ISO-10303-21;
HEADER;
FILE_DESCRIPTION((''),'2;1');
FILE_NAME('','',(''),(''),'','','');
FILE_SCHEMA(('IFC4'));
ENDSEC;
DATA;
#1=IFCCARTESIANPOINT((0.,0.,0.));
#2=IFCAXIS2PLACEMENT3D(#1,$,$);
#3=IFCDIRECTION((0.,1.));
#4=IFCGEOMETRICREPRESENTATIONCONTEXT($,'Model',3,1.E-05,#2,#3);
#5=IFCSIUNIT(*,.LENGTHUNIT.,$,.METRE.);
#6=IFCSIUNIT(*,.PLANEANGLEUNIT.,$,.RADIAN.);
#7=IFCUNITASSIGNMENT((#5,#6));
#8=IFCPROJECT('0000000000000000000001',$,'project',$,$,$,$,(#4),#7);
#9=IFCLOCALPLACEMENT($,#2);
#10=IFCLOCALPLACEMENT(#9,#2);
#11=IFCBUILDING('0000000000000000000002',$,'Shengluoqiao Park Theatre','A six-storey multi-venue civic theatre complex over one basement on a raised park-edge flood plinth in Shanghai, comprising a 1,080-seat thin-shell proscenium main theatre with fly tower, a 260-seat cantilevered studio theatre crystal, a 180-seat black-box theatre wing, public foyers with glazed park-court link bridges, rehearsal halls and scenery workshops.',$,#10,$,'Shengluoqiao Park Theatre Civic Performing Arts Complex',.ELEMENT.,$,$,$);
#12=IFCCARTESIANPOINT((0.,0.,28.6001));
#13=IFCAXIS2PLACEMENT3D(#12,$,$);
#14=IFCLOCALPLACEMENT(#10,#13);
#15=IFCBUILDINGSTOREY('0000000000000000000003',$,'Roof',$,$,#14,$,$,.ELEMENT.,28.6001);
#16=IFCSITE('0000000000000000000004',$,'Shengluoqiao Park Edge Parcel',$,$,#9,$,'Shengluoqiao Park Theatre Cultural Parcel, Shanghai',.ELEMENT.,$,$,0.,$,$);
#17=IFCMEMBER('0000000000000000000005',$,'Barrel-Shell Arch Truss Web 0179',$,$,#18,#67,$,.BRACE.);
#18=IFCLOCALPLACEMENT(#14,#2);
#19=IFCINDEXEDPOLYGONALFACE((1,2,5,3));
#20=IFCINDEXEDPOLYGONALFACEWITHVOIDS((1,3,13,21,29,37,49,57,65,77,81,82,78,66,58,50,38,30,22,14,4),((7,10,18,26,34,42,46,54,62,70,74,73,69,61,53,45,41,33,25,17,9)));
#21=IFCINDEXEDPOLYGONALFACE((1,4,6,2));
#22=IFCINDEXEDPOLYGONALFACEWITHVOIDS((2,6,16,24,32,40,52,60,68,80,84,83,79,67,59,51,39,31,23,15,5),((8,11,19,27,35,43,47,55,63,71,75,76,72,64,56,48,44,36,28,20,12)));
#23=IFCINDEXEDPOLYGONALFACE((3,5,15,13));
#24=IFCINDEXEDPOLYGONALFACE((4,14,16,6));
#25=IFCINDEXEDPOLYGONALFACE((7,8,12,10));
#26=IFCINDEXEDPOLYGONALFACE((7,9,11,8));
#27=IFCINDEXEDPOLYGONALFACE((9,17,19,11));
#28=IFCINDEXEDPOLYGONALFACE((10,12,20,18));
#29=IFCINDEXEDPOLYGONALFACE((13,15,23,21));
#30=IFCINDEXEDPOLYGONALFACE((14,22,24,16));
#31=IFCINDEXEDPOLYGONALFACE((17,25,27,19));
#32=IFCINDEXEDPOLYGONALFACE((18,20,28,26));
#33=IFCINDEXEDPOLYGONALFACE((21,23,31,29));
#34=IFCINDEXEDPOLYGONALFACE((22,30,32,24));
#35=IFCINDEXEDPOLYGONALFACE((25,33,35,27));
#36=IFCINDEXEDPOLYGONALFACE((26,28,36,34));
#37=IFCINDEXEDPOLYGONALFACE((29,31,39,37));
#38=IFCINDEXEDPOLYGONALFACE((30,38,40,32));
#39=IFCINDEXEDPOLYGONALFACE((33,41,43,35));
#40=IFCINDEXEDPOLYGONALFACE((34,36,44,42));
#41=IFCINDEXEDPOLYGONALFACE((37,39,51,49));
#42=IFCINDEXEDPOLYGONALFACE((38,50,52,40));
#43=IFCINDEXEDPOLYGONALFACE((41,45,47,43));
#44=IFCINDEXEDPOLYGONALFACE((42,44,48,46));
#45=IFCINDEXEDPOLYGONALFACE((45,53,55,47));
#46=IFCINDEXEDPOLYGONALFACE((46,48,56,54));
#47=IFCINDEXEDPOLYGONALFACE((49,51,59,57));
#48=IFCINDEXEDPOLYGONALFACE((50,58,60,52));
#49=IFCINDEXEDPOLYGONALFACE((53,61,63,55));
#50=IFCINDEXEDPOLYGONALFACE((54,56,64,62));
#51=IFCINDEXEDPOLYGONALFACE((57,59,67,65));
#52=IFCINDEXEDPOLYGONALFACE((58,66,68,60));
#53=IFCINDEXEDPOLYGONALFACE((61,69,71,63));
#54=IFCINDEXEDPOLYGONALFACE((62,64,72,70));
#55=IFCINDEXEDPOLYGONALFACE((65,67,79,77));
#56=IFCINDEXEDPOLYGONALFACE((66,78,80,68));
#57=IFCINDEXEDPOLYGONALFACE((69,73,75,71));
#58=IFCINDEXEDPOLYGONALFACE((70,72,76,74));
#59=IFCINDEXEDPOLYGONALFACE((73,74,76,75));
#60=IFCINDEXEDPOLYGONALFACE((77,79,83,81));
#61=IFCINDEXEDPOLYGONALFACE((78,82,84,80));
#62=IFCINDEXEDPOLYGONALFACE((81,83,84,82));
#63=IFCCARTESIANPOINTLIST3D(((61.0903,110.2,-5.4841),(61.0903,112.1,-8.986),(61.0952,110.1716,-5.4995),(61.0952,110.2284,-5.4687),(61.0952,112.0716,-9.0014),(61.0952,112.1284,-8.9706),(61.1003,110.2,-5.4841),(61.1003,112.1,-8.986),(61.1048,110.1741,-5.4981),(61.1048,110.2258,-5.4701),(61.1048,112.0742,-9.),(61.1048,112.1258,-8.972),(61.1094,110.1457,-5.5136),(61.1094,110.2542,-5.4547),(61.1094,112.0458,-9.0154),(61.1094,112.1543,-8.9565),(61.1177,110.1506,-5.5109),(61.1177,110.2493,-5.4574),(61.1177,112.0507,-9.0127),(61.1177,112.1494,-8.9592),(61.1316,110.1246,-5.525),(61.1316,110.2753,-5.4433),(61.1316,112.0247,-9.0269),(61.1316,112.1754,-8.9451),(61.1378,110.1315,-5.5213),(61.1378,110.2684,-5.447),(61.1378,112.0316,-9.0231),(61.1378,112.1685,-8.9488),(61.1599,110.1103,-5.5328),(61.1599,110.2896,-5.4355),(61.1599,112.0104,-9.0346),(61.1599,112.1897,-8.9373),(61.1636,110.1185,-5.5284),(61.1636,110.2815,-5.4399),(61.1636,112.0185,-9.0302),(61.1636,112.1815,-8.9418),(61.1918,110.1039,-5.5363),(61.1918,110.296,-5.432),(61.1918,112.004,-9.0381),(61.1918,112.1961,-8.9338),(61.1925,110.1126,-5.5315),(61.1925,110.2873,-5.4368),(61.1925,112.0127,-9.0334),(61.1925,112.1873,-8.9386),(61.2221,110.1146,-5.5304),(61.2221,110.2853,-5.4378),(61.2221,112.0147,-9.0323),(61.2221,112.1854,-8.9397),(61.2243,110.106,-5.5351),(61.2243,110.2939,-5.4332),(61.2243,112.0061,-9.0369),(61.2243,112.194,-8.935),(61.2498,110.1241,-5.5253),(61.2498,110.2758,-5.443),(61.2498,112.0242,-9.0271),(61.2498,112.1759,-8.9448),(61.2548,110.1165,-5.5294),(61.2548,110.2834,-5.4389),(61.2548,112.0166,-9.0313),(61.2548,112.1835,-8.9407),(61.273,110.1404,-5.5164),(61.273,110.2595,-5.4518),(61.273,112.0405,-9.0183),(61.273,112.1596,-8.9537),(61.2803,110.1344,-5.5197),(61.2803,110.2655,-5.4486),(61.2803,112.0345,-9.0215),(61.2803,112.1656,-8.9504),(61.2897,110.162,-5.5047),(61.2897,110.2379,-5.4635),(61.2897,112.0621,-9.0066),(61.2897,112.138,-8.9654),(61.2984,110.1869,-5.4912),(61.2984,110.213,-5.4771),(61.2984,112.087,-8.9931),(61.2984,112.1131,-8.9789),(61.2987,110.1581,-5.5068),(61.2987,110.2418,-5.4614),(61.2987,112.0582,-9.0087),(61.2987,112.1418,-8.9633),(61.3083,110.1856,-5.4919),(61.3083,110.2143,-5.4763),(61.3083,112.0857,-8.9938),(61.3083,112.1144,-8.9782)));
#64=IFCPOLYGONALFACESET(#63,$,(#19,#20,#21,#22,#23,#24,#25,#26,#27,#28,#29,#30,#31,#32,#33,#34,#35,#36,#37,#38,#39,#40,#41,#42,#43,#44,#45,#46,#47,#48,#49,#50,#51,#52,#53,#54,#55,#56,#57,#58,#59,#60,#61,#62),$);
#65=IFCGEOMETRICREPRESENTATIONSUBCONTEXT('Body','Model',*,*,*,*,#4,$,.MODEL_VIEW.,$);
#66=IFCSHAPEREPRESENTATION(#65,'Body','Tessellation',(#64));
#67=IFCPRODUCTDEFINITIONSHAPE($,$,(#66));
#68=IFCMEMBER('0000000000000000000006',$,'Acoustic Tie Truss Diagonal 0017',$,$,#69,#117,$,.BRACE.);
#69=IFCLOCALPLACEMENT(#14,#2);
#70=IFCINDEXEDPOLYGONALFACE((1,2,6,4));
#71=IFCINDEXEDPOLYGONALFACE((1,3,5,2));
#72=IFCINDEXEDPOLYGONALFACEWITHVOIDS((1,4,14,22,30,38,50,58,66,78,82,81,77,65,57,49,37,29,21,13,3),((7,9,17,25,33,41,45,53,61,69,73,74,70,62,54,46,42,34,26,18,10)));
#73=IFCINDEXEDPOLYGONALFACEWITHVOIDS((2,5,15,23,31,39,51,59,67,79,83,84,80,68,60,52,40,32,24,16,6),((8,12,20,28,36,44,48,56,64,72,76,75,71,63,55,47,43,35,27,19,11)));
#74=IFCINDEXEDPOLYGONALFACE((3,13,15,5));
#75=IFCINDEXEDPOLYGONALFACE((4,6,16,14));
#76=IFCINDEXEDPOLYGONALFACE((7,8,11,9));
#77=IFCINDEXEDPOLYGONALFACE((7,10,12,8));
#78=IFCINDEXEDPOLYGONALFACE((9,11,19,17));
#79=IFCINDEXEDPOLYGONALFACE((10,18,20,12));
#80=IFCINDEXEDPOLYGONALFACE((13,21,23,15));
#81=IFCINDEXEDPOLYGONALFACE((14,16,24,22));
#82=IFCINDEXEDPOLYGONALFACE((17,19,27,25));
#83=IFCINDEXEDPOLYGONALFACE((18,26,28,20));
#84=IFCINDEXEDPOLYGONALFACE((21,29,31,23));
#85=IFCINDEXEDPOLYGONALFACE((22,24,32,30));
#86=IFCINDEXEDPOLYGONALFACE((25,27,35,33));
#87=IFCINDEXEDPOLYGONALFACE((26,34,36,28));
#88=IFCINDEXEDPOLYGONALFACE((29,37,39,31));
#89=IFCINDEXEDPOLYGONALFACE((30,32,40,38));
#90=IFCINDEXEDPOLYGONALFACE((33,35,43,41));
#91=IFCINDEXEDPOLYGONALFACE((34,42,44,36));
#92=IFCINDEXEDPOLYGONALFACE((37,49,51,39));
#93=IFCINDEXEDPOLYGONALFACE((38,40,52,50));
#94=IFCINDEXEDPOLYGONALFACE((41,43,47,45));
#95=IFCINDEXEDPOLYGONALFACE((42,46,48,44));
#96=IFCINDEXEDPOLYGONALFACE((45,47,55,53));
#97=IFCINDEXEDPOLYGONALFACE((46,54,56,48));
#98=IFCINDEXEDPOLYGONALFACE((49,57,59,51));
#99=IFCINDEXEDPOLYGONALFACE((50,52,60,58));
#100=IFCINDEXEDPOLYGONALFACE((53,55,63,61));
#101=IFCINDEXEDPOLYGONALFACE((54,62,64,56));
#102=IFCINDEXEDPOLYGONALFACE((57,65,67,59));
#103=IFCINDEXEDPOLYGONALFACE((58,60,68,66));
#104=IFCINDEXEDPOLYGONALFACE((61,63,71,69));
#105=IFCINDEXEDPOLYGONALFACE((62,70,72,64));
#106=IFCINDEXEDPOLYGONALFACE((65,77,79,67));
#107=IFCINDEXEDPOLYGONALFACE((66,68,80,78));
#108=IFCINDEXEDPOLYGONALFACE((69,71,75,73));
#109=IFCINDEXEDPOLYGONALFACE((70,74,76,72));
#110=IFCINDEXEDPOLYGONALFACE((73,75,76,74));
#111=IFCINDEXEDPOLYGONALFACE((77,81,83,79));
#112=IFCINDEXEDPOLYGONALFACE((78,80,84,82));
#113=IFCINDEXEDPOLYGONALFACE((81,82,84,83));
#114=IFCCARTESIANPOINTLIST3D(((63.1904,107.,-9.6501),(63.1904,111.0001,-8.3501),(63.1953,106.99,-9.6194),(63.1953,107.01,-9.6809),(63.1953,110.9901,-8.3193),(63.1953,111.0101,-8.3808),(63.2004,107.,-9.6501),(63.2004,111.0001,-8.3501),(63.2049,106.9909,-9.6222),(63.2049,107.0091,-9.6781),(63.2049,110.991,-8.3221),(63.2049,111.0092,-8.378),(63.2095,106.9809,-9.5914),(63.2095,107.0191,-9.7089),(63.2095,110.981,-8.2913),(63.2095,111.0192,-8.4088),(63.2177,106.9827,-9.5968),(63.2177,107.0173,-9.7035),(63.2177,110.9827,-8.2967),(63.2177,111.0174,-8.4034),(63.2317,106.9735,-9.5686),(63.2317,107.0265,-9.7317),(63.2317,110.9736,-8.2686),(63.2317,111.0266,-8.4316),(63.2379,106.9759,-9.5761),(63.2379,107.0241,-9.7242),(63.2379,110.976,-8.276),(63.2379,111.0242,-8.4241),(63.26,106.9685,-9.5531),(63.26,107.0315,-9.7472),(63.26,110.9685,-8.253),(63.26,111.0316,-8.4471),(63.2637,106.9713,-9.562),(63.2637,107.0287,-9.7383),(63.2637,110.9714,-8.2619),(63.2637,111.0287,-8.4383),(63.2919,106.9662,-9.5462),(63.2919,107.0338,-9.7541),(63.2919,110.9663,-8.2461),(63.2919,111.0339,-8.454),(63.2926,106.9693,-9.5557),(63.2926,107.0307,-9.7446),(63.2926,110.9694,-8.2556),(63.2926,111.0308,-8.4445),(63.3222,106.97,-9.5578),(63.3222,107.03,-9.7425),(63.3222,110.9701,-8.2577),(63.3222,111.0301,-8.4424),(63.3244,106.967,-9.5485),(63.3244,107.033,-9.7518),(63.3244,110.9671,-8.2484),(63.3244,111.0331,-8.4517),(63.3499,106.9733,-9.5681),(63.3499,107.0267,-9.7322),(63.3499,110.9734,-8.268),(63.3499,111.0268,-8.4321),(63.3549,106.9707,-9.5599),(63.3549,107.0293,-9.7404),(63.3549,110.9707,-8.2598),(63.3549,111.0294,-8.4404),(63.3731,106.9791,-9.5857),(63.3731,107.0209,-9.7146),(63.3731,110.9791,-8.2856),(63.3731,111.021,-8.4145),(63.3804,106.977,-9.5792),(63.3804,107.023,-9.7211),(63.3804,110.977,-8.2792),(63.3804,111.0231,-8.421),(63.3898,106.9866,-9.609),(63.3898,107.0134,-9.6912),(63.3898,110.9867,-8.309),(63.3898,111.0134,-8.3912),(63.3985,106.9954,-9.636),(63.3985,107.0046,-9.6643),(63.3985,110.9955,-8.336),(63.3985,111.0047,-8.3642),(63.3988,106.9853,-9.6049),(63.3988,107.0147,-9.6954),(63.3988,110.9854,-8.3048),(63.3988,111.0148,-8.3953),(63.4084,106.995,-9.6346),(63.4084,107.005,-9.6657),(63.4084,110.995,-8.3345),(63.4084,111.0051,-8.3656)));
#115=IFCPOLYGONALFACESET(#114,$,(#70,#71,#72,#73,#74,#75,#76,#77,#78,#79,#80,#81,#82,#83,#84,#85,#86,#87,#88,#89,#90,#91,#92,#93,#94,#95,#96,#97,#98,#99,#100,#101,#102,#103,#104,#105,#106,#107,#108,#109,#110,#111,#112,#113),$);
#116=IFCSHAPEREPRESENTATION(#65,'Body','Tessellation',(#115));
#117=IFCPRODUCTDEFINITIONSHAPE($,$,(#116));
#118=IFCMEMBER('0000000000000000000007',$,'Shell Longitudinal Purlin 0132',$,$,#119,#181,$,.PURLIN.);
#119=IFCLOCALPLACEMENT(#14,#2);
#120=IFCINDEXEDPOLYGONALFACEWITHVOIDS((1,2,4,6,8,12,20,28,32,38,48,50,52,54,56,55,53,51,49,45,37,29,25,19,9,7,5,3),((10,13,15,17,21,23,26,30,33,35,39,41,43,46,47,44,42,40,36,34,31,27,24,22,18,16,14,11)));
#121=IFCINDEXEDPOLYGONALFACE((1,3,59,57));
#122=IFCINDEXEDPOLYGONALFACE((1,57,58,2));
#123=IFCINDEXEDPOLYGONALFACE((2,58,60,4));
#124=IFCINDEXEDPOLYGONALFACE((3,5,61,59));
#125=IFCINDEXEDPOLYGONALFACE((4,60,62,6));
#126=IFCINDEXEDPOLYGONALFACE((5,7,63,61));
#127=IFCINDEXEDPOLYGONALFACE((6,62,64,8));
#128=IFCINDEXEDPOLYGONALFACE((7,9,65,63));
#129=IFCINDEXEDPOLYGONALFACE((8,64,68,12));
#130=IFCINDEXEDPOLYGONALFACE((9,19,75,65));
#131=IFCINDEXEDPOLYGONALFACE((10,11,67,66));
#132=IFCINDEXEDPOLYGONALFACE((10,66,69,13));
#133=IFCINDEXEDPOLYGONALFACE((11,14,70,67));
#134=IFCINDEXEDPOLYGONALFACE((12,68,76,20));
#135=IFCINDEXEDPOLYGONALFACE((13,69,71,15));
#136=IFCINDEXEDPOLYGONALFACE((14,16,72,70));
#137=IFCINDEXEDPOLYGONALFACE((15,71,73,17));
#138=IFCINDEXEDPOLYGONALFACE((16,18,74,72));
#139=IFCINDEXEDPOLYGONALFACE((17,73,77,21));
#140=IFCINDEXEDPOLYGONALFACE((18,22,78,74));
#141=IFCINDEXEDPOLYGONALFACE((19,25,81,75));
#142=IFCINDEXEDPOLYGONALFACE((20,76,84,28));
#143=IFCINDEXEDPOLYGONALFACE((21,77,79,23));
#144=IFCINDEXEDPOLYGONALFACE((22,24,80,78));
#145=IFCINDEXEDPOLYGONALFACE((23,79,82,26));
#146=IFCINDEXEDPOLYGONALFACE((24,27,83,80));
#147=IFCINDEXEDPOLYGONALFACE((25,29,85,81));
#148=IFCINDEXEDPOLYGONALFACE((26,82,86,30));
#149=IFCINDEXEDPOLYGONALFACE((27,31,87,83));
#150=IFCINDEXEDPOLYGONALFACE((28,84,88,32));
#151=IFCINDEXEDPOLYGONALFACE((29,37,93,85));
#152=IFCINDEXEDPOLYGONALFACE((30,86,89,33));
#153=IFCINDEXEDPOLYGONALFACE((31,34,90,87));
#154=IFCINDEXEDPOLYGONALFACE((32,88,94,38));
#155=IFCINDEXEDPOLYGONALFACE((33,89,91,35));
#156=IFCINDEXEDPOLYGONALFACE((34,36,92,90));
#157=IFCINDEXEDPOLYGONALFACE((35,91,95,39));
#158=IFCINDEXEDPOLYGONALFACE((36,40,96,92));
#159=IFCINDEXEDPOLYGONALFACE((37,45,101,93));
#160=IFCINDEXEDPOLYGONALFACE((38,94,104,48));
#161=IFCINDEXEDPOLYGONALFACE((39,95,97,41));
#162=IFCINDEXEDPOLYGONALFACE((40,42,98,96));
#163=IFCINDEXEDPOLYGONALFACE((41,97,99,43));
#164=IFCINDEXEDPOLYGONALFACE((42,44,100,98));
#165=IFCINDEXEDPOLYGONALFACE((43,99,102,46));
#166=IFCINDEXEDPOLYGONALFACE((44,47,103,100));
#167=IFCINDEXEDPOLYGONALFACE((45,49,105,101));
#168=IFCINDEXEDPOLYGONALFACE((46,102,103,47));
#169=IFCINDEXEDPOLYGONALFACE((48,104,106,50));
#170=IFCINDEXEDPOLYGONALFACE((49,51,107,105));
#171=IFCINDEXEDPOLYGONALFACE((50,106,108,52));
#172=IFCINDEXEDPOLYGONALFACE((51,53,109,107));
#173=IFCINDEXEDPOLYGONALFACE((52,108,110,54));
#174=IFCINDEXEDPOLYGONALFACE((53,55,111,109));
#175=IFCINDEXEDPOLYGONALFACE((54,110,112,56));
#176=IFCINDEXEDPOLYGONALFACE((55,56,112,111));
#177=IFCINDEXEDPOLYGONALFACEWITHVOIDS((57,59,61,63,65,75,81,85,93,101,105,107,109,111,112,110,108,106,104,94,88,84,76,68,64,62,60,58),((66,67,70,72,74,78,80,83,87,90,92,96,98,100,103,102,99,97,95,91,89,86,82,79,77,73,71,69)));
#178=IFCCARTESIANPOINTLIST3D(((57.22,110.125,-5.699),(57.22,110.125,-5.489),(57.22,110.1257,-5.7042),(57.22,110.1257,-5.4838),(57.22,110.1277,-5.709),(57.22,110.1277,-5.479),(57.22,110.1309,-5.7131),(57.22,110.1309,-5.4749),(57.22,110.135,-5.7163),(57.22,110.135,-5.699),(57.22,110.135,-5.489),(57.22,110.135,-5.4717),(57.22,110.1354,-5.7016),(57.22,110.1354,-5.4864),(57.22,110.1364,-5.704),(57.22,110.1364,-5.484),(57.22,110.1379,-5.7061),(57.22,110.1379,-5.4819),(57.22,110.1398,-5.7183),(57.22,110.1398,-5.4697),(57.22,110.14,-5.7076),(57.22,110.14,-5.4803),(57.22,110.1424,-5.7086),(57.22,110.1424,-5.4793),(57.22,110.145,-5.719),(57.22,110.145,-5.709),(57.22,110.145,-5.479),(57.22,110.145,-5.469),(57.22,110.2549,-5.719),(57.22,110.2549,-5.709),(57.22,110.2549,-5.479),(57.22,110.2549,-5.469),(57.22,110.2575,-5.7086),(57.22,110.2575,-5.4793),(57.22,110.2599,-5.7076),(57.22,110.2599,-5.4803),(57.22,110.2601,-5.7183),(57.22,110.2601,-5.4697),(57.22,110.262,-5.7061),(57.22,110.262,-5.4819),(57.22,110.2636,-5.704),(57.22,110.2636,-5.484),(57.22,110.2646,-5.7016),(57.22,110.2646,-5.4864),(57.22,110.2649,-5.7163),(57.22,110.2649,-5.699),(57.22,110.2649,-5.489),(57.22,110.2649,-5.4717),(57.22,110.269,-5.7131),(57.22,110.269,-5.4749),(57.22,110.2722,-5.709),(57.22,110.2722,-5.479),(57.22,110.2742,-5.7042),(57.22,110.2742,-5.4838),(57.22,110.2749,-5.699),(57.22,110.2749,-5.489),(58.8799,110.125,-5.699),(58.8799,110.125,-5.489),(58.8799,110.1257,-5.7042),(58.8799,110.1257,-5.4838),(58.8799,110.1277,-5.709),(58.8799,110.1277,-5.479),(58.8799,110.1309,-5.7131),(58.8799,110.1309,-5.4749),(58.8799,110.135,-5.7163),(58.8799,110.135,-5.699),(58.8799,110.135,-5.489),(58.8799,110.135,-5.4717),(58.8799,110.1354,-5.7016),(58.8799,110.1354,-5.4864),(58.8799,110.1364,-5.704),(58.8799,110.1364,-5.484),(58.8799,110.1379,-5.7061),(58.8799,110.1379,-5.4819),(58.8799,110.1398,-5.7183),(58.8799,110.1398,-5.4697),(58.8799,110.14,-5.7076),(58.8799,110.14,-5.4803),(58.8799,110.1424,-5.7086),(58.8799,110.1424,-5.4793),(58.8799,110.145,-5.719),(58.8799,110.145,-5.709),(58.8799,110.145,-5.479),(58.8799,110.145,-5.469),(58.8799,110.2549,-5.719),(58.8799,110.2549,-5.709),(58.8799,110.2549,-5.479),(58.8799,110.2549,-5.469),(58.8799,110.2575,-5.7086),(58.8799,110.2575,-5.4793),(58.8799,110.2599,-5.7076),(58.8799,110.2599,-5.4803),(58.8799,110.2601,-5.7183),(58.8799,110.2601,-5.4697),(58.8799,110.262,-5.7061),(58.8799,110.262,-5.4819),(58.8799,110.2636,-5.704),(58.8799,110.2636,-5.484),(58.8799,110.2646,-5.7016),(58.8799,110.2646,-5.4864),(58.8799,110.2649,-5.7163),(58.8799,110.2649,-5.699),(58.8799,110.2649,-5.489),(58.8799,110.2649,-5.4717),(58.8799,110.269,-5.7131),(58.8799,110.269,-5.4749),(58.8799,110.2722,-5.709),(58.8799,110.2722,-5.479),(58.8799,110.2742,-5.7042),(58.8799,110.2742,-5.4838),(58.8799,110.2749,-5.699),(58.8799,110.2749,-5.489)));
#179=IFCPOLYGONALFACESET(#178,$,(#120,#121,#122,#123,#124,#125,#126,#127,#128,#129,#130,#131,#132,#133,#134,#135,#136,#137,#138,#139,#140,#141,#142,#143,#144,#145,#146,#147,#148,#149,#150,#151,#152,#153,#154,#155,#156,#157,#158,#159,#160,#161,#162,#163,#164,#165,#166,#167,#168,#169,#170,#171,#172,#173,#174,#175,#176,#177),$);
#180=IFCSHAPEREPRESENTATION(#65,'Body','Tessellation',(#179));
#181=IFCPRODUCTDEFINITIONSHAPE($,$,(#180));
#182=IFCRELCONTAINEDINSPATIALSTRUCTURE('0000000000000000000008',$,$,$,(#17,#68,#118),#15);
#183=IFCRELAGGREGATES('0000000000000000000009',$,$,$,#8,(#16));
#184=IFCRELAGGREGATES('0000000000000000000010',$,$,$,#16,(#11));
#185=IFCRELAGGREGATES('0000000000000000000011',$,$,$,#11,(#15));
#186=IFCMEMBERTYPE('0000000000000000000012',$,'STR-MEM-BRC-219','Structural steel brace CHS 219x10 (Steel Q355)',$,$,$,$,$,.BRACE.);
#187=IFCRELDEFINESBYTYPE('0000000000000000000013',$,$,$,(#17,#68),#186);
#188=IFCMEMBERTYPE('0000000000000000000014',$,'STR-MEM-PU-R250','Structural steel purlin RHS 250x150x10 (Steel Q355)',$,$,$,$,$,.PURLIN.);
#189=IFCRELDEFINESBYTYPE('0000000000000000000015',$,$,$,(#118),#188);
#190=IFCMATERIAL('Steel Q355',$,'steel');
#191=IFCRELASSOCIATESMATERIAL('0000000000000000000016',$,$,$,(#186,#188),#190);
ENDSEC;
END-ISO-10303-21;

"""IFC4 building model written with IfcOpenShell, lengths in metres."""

from ifc_helpers import new_model, si_unit, direction, frame, origin, origin_2d, place, context, subcontext, project, spatial, hollow_rectangle, hollow_circle, extrude, material, material_profile, profile_set, type_object, element, save


model = new_model("IFC4")

# Units and contexts
model_context = context("Model", 3, precision=1e-05, world=origin(), true_north=direction((0.0, 1.0)))
body_context = subcontext(model_context, "Body", "Model", "MODEL_VIEW")
ifc_project = project(units=[si_unit("LENGTHUNIT", "METRE"), si_unit("PLANEANGLEUNIT", "RADIAN")], contexts=[model_context])

# Site, building, storey
site_placement = place(None, origin())
site = spatial("IfcSite", under=ifc_project, at=site_placement, Name="Shengluoqiao Park Edge Parcel", LongName="Shengluoqiao Park Theatre Cultural Parcel, Shanghai", CompositionType="ELEMENT", RefElevation=0.0)
building_placement = place(site_placement, origin())
building = spatial("IfcBuilding", under=site, at=building_placement, Name="Shengluoqiao Park Theatre", Description="A six-storey multi-venue civic theatre complex over one basement on a raised park-edge flood plinth in Shanghai, comprising a 1,080-seat thin-shell proscenium main theatre with fly tower, a 260-seat cantilevered studio theatre crystal, a 180-seat black-box theatre wing, public foyers with glazed park-court link bridges, rehearsal halls and scenery workshops.", LongName="Shengluoqiao Park Theatre Civic Performing Arts Complex", CompositionType="ELEMENT")
storey_placement = place(building_placement, frame((0.0, 0.0, 28.6001)))
storey = spatial("IfcBuildingStorey", under=building, at=storey_placement, Name="Roof", CompositionType="ELEMENT", Elevation=28.6001)

# Shared definitions
ifc_material_1 = material(Name="Steel Q355", Category="steel")

# Members
ifc_material_profile_1 = material_profile(ifc_material_1, hollow_circle(Radius=0.1096, WallThickness=0.01, at=origin_2d()), Name="CHS 219x10")
ifc_profile_set_1 = profile_set([ifc_material_profile_1], Name="Steel Q355")
member_type_1 = type_object("IfcMemberType", Name="STR-MEM-BRC-219", Description="Structural steel brace CHS 219x10 (Steel Q355)", PredefinedType="BRACE", material=ifc_profile_set_1)
for number, where, z_axis, x_axis, name in (
    (1, (61.2, 110.2, -5.4841), (0.0, 0.476915, -0.87895), (-1.0, 0.0, 0.0), "Barrel-Shell Arch Truss Web 0179"),
):
    element("IfcMember", number, at=place(storey_placement, frame(where, z_axis=z_axis, x_axis=x_axis)), inside=storey, type_object=member_type_1, Name=name, PredefinedType="BRACE", context=body_context, shape_type="SweptSolid", body=[
        extrude(hollow_circle(Radius=0.1096, WallThickness=0.01, at=origin_2d()), origin(), (0.0, 0.0, 1.0), 3.9841),
    ])
member_1_placement = place(storey_placement, frame((63.3, 107.0, -9.6501), z_axis=(0.0, 0.951031, 0.309097), x_axis=(-1.0, 0.0, 0.0)))
element("IfcMember", 2, at=member_1_placement, inside=storey, type_object=member_type_1, Name="Acoustic Tie Truss Diagonal 0017", PredefinedType="BRACE", context=body_context, shape_type="SweptSolid", body=[
    extrude(hollow_circle(Radius=0.1096, WallThickness=0.01, at=origin_2d()), origin(), (0.0, 0.0, 1.0), 4.2061),
])
ifc_material_profile_2 = material_profile(ifc_material_1, hollow_rectangle(XDim=0.1499, YDim=0.25, WallThickness=0.01, InnerFilletRadius=0.01, OuterFilletRadius=0.02, at=origin_2d()), Name="RHS 250x150x10")
ifc_profile_set_2 = profile_set([ifc_material_profile_2], Name="Steel Q355")
member_type_2 = type_object("IfcMemberType", Name="STR-MEM-PU-R250", Description="Structural steel purlin RHS 250x150x10 (Steel Q355)", PredefinedType="PURLIN", material=ifc_profile_set_2)
for number, where, z_axis, x_axis, name in (
    (3, (57.22, 110.2, -5.594), (1.0, 0.0, 0.0), (0.0, 1.0, 0.0), "Shell Longitudinal Purlin 0132"),
):
    element("IfcMember", number, at=place(storey_placement, frame(where, z_axis=z_axis, x_axis=x_axis)), inside=storey, type_object=member_type_2, Name=name, PredefinedType="PURLIN", context=body_context, shape_type="SweptSolid", body=[
        extrude(hollow_rectangle(XDim=0.1499, YDim=0.25, WallThickness=0.01, InnerFilletRadius=0.01, OuterFilletRadius=0.02, at=origin_2d()), origin(), (0.0, 0.0, 1.0), 1.6599),
    ])

save(model, "model.ifc")
